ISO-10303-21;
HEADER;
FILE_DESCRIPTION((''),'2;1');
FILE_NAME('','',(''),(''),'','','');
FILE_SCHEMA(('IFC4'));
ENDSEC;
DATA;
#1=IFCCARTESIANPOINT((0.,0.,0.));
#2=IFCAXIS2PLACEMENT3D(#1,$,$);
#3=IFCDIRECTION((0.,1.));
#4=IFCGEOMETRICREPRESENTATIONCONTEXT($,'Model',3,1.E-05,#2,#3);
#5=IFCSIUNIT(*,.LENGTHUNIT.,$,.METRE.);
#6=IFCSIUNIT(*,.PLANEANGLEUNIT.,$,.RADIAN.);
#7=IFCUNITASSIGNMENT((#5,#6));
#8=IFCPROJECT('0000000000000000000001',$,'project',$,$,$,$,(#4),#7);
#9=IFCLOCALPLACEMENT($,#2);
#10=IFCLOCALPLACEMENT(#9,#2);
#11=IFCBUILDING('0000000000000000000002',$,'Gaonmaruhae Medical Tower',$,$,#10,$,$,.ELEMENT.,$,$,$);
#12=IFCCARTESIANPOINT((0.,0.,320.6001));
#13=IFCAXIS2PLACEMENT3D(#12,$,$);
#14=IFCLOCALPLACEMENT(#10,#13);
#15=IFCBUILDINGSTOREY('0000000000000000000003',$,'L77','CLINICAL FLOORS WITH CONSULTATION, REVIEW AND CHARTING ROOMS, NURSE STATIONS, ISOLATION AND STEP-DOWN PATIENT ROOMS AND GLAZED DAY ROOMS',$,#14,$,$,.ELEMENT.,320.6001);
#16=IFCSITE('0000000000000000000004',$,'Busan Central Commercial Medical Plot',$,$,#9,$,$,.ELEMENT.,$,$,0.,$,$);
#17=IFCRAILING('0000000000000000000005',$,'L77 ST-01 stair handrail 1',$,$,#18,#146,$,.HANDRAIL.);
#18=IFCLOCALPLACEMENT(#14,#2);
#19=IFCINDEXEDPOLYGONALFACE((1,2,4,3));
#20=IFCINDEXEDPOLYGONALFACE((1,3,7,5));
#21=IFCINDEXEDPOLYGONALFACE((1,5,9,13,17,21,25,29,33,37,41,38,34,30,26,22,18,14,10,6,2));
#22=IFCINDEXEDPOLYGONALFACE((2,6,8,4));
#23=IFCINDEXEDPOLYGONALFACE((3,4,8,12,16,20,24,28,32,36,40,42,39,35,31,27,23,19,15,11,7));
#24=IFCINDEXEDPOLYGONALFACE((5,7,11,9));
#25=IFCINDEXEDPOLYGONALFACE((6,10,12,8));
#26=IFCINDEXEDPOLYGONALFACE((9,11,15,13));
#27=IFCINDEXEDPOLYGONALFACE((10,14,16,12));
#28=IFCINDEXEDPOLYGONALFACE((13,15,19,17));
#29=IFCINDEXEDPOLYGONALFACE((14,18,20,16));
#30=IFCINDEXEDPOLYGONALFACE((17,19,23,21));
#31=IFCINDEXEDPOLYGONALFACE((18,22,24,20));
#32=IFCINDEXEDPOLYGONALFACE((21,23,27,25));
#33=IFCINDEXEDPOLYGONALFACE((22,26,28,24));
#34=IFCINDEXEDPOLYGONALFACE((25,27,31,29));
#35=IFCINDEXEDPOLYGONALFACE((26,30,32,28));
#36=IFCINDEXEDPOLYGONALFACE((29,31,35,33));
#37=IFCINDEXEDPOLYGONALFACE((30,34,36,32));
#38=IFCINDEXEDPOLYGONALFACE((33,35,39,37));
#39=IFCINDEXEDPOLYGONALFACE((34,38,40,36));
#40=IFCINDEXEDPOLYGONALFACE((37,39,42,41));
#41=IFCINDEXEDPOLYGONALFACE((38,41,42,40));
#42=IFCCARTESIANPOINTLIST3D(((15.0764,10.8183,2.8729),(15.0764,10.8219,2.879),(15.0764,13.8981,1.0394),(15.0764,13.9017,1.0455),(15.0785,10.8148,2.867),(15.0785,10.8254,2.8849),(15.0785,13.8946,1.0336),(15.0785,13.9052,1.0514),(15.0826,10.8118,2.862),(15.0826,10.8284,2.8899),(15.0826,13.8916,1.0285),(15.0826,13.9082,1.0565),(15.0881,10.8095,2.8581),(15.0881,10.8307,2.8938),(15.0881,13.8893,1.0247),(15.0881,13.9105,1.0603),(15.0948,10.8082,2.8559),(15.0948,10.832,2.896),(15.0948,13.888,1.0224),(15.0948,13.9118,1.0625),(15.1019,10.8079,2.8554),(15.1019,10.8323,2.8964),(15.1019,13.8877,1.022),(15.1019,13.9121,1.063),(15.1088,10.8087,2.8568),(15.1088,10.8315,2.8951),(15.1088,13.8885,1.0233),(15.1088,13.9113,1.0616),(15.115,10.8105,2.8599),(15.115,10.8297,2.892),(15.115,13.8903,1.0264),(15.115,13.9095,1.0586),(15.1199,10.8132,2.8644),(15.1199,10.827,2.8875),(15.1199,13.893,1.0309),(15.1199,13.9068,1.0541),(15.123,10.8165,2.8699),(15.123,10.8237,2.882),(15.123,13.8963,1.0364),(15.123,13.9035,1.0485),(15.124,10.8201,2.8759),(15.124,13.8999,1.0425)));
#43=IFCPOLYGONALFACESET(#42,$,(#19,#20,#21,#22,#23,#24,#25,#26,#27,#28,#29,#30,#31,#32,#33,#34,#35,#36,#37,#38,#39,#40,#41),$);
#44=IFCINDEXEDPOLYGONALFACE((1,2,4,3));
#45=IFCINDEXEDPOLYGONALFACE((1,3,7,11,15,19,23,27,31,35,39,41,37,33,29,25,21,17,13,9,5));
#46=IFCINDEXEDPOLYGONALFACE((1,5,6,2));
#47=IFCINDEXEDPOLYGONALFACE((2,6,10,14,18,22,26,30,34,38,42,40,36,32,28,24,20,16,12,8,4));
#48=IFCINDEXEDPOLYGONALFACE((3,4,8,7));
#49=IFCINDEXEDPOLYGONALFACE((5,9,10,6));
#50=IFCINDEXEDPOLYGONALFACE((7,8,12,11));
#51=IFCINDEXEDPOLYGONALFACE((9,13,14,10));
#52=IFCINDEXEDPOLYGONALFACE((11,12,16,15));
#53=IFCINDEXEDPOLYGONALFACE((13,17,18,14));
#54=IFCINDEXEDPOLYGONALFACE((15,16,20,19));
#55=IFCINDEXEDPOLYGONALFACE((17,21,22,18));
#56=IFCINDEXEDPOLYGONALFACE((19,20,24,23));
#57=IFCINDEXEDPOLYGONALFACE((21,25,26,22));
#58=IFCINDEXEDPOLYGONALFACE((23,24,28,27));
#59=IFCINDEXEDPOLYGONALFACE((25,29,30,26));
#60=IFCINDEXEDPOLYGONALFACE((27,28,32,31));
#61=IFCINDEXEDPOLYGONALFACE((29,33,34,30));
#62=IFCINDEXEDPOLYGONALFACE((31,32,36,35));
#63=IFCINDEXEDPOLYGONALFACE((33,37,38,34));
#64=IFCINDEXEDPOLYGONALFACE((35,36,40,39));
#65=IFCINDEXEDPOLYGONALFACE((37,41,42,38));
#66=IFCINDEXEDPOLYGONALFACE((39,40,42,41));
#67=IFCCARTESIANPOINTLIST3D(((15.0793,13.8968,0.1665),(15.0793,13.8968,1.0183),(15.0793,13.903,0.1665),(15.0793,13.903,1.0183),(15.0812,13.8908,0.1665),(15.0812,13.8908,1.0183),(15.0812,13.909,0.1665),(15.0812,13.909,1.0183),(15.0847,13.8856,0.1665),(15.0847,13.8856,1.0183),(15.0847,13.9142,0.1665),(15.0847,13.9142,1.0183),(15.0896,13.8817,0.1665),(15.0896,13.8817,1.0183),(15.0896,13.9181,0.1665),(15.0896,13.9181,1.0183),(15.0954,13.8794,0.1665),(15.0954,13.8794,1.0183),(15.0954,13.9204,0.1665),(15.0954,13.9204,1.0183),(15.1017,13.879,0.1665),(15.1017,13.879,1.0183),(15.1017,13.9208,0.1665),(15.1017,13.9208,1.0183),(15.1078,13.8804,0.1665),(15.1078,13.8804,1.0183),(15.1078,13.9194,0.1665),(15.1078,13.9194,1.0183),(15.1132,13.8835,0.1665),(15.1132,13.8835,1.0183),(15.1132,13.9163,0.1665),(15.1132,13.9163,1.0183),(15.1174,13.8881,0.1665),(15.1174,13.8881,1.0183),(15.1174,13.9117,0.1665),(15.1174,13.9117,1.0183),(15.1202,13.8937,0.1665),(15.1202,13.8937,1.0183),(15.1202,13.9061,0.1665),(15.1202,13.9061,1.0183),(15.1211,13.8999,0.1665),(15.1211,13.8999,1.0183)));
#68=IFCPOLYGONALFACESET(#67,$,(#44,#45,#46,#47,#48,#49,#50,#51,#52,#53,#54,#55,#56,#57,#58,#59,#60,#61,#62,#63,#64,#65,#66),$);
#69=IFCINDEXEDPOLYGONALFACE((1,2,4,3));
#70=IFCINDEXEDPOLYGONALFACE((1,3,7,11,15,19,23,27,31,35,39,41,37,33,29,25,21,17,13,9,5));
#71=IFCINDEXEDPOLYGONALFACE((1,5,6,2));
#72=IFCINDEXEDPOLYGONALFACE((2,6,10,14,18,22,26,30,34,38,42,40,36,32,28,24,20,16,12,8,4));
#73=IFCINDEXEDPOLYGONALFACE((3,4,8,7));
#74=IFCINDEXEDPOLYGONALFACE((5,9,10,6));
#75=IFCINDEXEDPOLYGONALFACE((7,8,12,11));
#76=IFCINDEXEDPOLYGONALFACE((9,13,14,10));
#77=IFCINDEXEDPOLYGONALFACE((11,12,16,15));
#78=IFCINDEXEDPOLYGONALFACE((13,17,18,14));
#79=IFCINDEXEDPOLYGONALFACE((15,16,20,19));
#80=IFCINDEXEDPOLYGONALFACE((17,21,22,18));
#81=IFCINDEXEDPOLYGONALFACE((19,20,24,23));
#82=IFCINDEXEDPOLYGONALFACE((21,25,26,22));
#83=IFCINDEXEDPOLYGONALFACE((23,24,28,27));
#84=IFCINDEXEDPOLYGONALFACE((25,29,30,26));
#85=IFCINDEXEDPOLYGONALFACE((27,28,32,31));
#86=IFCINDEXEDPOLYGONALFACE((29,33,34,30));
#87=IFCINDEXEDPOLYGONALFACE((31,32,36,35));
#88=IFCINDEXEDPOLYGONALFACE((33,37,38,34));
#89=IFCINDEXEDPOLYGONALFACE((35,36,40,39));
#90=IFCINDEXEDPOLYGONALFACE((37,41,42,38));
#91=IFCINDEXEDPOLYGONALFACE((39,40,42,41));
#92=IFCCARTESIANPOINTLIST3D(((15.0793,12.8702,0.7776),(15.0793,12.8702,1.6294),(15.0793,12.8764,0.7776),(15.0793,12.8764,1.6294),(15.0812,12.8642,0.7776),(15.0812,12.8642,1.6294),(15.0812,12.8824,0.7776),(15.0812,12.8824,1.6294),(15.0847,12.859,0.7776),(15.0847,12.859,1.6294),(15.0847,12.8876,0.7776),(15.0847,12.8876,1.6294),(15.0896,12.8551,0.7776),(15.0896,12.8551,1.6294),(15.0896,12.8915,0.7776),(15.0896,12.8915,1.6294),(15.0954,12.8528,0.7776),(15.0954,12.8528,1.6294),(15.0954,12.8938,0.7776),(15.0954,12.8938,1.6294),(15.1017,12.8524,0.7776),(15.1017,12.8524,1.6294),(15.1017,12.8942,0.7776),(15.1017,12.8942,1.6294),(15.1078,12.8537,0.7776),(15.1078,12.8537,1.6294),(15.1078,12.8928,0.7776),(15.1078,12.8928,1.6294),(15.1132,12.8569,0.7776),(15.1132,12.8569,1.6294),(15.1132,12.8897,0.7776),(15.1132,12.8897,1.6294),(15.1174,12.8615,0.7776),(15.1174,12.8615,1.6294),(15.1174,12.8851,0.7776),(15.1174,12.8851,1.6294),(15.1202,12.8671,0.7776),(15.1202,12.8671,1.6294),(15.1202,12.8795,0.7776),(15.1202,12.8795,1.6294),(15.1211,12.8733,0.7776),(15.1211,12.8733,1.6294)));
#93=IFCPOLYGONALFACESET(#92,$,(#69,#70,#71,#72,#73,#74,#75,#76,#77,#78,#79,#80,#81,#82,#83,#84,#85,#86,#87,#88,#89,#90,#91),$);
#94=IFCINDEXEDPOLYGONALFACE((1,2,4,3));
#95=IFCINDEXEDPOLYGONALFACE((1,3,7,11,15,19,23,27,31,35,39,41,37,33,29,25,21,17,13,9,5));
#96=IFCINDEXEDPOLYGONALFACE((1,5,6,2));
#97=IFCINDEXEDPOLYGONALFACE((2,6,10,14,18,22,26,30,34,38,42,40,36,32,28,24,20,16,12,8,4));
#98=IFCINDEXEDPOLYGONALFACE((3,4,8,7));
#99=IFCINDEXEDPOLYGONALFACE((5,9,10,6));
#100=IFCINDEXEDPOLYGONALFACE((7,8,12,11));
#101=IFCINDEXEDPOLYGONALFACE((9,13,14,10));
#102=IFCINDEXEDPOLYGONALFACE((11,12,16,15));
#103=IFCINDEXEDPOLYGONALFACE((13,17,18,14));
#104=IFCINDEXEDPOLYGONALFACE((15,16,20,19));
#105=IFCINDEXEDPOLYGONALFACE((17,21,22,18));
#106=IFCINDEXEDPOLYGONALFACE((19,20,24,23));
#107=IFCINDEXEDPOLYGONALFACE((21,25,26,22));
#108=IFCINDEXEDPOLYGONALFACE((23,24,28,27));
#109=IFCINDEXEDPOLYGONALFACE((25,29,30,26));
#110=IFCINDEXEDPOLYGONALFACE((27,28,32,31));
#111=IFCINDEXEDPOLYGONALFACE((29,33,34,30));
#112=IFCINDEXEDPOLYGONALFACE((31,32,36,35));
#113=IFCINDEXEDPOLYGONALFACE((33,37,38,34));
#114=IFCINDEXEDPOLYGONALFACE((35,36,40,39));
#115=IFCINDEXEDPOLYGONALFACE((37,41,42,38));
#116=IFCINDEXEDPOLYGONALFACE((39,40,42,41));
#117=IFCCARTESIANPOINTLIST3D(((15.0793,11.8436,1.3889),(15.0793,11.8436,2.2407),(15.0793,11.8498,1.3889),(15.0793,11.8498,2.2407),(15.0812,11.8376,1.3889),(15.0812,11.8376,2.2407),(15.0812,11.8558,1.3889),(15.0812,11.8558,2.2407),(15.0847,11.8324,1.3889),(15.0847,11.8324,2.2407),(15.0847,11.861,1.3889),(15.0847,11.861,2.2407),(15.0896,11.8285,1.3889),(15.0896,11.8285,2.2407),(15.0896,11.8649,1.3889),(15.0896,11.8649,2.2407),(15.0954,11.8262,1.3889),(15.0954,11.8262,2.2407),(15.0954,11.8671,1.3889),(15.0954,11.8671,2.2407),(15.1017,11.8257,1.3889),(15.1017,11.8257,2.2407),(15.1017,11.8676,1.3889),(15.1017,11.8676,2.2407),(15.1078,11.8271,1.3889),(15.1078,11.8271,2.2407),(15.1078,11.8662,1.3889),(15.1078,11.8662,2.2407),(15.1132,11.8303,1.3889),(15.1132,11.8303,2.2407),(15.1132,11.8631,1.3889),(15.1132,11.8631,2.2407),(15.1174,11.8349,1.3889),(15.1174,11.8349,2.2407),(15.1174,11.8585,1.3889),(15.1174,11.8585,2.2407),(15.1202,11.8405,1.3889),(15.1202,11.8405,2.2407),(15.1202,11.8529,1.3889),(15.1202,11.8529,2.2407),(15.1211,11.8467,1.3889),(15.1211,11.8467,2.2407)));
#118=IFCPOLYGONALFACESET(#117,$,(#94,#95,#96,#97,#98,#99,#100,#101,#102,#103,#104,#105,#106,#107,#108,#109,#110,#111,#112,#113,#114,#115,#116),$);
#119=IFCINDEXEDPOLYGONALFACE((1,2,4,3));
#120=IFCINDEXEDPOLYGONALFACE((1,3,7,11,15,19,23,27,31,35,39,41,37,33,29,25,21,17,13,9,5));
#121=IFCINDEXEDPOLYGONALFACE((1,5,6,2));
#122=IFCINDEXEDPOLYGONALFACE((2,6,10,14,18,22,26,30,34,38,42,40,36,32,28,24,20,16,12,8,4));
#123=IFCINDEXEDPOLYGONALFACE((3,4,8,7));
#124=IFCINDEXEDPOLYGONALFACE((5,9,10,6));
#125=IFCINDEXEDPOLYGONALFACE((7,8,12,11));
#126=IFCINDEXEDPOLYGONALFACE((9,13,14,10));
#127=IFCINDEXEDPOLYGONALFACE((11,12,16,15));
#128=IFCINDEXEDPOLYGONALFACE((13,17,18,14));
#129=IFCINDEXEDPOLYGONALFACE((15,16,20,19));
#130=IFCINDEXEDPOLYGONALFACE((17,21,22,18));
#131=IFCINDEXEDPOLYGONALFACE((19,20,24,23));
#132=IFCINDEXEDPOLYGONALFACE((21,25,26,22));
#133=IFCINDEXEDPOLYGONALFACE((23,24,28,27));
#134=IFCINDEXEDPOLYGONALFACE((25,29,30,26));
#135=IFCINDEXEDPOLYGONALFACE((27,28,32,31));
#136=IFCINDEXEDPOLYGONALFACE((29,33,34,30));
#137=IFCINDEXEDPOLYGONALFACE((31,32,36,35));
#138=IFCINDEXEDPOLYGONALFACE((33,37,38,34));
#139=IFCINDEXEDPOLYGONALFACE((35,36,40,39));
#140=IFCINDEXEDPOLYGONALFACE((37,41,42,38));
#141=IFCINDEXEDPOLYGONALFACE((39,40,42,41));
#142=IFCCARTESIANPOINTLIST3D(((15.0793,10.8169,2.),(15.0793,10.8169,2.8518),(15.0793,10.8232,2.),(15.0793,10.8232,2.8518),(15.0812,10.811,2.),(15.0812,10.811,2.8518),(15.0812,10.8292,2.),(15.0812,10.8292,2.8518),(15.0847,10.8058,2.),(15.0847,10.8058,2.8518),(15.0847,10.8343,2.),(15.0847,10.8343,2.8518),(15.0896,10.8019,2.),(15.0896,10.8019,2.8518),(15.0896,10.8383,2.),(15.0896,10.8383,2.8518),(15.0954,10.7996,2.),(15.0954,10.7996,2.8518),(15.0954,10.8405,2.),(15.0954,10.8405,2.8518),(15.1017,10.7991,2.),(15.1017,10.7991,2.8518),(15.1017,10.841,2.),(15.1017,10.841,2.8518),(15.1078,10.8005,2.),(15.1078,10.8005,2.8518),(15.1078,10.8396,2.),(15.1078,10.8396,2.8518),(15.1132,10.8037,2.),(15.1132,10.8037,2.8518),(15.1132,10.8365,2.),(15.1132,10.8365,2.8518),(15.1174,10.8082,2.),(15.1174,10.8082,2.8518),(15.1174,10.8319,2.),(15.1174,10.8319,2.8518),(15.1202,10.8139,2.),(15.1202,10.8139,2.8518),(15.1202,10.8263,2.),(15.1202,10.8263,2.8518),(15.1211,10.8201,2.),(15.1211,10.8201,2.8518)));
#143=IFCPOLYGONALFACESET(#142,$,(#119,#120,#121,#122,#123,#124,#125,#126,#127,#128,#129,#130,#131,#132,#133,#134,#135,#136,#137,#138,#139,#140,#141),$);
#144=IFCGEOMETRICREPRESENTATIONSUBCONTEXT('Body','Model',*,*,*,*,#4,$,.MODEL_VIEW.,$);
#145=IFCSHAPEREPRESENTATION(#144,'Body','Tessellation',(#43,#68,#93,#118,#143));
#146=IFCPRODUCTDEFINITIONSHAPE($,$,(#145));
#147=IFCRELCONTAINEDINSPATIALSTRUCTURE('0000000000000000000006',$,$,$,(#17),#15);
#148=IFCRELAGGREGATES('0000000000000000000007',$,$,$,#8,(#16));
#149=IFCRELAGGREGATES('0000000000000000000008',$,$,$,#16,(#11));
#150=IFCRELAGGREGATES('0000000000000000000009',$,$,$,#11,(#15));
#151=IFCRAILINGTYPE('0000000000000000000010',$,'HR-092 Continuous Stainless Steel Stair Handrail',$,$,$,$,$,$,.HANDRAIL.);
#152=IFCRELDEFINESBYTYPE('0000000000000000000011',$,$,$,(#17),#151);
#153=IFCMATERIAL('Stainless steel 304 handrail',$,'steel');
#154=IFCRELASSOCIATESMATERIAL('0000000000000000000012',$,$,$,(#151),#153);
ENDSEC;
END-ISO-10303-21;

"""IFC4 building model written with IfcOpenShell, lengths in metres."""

from ifc_helpers import new_model, si_unit, direction, frame, origin, origin_2d, place, context, subcontext, project, spatial, circle, extrude, material, type_object, element, save


model = new_model("IFC4")

# Units and contexts
model_context = context("Model", 3, precision=1e-05, world=origin(), true_north=direction((0.0, 1.0)))
body_context = subcontext(model_context, "Body", "Model", "MODEL_VIEW")
ifc_project = project(units=[si_unit("LENGTHUNIT", "METRE"), si_unit("PLANEANGLEUNIT", "RADIAN")], contexts=[model_context])

# Site, building, storey
site_placement = place(None, origin())
site = spatial("IfcSite", under=ifc_project, at=site_placement, Name="Busan Central Commercial Medical Plot", CompositionType="ELEMENT", RefElevation=0.0)
building_placement = place(site_placement, origin())
building = spatial("IfcBuilding", under=site, at=building_placement, Name="Gaonmaruhae Medical Tower", CompositionType="ELEMENT")
storey_placement = place(building_placement, frame((0.0, 0.0, 320.6001)))
storey = spatial("IfcBuildingStorey", under=building, at=storey_placement, Name="L77", Description="CLINICAL FLOORS WITH CONSULTATION, REVIEW AND CHARTING ROOMS, NURSE STATIONS, ISOLATION AND STEP-DOWN PATIENT ROOMS AND GLAZED DAY ROOMS", CompositionType="ELEMENT", Elevation=320.6001)

# Railing
ifc_material_1 = material(Name="Stainless steel 304 handrail", Category="steel")
railing_type_1 = type_object("IfcRailingType", Name="HR-092 Continuous Stainless Steel Stair Handrail", PredefinedType="HANDRAIL", material=ifc_material_1)
railing_1_placement = place(storey_placement, frame((15.1001, 13.8999, 0.1665)))
element("IfcRailing", 1, at=railing_1_placement, inside=storey, type_object=railing_type_1, Name="L77 ST-01 stair handrail 1", PredefinedType="HANDRAIL", context=body_context, shape_type="SweptSolid", body=[
    extrude(circle(Radius=0.0239, at=origin_2d()), frame((0.0, 0.0, 0.876), z_axis=(0.0, -0.859261, 0.511538), x_axis=(1.0, 0.0, 0.0)), (0.0, 0.0, 1.0), 3.5842),
    extrude(circle(Radius=0.021, at=origin_2d()), origin(), (0.0, 0.0, 1.0), 0.8518),
    extrude(circle(Radius=0.021, at=origin_2d()), frame((0.0, -1.0266, 0.6111)), (0.0, 0.0, 1.0), 0.8518),
    extrude(circle(Radius=0.021, at=origin_2d()), frame((0.0, -2.0532, 1.2224)), (0.0, 0.0, 1.0), 0.8518),
    extrude(circle(Radius=0.021, at=origin_2d()), frame((0.0, -3.0798, 1.8335)), (0.0, 0.0, 1.0), 0.8518),
])

save(model, "model.ifc")
